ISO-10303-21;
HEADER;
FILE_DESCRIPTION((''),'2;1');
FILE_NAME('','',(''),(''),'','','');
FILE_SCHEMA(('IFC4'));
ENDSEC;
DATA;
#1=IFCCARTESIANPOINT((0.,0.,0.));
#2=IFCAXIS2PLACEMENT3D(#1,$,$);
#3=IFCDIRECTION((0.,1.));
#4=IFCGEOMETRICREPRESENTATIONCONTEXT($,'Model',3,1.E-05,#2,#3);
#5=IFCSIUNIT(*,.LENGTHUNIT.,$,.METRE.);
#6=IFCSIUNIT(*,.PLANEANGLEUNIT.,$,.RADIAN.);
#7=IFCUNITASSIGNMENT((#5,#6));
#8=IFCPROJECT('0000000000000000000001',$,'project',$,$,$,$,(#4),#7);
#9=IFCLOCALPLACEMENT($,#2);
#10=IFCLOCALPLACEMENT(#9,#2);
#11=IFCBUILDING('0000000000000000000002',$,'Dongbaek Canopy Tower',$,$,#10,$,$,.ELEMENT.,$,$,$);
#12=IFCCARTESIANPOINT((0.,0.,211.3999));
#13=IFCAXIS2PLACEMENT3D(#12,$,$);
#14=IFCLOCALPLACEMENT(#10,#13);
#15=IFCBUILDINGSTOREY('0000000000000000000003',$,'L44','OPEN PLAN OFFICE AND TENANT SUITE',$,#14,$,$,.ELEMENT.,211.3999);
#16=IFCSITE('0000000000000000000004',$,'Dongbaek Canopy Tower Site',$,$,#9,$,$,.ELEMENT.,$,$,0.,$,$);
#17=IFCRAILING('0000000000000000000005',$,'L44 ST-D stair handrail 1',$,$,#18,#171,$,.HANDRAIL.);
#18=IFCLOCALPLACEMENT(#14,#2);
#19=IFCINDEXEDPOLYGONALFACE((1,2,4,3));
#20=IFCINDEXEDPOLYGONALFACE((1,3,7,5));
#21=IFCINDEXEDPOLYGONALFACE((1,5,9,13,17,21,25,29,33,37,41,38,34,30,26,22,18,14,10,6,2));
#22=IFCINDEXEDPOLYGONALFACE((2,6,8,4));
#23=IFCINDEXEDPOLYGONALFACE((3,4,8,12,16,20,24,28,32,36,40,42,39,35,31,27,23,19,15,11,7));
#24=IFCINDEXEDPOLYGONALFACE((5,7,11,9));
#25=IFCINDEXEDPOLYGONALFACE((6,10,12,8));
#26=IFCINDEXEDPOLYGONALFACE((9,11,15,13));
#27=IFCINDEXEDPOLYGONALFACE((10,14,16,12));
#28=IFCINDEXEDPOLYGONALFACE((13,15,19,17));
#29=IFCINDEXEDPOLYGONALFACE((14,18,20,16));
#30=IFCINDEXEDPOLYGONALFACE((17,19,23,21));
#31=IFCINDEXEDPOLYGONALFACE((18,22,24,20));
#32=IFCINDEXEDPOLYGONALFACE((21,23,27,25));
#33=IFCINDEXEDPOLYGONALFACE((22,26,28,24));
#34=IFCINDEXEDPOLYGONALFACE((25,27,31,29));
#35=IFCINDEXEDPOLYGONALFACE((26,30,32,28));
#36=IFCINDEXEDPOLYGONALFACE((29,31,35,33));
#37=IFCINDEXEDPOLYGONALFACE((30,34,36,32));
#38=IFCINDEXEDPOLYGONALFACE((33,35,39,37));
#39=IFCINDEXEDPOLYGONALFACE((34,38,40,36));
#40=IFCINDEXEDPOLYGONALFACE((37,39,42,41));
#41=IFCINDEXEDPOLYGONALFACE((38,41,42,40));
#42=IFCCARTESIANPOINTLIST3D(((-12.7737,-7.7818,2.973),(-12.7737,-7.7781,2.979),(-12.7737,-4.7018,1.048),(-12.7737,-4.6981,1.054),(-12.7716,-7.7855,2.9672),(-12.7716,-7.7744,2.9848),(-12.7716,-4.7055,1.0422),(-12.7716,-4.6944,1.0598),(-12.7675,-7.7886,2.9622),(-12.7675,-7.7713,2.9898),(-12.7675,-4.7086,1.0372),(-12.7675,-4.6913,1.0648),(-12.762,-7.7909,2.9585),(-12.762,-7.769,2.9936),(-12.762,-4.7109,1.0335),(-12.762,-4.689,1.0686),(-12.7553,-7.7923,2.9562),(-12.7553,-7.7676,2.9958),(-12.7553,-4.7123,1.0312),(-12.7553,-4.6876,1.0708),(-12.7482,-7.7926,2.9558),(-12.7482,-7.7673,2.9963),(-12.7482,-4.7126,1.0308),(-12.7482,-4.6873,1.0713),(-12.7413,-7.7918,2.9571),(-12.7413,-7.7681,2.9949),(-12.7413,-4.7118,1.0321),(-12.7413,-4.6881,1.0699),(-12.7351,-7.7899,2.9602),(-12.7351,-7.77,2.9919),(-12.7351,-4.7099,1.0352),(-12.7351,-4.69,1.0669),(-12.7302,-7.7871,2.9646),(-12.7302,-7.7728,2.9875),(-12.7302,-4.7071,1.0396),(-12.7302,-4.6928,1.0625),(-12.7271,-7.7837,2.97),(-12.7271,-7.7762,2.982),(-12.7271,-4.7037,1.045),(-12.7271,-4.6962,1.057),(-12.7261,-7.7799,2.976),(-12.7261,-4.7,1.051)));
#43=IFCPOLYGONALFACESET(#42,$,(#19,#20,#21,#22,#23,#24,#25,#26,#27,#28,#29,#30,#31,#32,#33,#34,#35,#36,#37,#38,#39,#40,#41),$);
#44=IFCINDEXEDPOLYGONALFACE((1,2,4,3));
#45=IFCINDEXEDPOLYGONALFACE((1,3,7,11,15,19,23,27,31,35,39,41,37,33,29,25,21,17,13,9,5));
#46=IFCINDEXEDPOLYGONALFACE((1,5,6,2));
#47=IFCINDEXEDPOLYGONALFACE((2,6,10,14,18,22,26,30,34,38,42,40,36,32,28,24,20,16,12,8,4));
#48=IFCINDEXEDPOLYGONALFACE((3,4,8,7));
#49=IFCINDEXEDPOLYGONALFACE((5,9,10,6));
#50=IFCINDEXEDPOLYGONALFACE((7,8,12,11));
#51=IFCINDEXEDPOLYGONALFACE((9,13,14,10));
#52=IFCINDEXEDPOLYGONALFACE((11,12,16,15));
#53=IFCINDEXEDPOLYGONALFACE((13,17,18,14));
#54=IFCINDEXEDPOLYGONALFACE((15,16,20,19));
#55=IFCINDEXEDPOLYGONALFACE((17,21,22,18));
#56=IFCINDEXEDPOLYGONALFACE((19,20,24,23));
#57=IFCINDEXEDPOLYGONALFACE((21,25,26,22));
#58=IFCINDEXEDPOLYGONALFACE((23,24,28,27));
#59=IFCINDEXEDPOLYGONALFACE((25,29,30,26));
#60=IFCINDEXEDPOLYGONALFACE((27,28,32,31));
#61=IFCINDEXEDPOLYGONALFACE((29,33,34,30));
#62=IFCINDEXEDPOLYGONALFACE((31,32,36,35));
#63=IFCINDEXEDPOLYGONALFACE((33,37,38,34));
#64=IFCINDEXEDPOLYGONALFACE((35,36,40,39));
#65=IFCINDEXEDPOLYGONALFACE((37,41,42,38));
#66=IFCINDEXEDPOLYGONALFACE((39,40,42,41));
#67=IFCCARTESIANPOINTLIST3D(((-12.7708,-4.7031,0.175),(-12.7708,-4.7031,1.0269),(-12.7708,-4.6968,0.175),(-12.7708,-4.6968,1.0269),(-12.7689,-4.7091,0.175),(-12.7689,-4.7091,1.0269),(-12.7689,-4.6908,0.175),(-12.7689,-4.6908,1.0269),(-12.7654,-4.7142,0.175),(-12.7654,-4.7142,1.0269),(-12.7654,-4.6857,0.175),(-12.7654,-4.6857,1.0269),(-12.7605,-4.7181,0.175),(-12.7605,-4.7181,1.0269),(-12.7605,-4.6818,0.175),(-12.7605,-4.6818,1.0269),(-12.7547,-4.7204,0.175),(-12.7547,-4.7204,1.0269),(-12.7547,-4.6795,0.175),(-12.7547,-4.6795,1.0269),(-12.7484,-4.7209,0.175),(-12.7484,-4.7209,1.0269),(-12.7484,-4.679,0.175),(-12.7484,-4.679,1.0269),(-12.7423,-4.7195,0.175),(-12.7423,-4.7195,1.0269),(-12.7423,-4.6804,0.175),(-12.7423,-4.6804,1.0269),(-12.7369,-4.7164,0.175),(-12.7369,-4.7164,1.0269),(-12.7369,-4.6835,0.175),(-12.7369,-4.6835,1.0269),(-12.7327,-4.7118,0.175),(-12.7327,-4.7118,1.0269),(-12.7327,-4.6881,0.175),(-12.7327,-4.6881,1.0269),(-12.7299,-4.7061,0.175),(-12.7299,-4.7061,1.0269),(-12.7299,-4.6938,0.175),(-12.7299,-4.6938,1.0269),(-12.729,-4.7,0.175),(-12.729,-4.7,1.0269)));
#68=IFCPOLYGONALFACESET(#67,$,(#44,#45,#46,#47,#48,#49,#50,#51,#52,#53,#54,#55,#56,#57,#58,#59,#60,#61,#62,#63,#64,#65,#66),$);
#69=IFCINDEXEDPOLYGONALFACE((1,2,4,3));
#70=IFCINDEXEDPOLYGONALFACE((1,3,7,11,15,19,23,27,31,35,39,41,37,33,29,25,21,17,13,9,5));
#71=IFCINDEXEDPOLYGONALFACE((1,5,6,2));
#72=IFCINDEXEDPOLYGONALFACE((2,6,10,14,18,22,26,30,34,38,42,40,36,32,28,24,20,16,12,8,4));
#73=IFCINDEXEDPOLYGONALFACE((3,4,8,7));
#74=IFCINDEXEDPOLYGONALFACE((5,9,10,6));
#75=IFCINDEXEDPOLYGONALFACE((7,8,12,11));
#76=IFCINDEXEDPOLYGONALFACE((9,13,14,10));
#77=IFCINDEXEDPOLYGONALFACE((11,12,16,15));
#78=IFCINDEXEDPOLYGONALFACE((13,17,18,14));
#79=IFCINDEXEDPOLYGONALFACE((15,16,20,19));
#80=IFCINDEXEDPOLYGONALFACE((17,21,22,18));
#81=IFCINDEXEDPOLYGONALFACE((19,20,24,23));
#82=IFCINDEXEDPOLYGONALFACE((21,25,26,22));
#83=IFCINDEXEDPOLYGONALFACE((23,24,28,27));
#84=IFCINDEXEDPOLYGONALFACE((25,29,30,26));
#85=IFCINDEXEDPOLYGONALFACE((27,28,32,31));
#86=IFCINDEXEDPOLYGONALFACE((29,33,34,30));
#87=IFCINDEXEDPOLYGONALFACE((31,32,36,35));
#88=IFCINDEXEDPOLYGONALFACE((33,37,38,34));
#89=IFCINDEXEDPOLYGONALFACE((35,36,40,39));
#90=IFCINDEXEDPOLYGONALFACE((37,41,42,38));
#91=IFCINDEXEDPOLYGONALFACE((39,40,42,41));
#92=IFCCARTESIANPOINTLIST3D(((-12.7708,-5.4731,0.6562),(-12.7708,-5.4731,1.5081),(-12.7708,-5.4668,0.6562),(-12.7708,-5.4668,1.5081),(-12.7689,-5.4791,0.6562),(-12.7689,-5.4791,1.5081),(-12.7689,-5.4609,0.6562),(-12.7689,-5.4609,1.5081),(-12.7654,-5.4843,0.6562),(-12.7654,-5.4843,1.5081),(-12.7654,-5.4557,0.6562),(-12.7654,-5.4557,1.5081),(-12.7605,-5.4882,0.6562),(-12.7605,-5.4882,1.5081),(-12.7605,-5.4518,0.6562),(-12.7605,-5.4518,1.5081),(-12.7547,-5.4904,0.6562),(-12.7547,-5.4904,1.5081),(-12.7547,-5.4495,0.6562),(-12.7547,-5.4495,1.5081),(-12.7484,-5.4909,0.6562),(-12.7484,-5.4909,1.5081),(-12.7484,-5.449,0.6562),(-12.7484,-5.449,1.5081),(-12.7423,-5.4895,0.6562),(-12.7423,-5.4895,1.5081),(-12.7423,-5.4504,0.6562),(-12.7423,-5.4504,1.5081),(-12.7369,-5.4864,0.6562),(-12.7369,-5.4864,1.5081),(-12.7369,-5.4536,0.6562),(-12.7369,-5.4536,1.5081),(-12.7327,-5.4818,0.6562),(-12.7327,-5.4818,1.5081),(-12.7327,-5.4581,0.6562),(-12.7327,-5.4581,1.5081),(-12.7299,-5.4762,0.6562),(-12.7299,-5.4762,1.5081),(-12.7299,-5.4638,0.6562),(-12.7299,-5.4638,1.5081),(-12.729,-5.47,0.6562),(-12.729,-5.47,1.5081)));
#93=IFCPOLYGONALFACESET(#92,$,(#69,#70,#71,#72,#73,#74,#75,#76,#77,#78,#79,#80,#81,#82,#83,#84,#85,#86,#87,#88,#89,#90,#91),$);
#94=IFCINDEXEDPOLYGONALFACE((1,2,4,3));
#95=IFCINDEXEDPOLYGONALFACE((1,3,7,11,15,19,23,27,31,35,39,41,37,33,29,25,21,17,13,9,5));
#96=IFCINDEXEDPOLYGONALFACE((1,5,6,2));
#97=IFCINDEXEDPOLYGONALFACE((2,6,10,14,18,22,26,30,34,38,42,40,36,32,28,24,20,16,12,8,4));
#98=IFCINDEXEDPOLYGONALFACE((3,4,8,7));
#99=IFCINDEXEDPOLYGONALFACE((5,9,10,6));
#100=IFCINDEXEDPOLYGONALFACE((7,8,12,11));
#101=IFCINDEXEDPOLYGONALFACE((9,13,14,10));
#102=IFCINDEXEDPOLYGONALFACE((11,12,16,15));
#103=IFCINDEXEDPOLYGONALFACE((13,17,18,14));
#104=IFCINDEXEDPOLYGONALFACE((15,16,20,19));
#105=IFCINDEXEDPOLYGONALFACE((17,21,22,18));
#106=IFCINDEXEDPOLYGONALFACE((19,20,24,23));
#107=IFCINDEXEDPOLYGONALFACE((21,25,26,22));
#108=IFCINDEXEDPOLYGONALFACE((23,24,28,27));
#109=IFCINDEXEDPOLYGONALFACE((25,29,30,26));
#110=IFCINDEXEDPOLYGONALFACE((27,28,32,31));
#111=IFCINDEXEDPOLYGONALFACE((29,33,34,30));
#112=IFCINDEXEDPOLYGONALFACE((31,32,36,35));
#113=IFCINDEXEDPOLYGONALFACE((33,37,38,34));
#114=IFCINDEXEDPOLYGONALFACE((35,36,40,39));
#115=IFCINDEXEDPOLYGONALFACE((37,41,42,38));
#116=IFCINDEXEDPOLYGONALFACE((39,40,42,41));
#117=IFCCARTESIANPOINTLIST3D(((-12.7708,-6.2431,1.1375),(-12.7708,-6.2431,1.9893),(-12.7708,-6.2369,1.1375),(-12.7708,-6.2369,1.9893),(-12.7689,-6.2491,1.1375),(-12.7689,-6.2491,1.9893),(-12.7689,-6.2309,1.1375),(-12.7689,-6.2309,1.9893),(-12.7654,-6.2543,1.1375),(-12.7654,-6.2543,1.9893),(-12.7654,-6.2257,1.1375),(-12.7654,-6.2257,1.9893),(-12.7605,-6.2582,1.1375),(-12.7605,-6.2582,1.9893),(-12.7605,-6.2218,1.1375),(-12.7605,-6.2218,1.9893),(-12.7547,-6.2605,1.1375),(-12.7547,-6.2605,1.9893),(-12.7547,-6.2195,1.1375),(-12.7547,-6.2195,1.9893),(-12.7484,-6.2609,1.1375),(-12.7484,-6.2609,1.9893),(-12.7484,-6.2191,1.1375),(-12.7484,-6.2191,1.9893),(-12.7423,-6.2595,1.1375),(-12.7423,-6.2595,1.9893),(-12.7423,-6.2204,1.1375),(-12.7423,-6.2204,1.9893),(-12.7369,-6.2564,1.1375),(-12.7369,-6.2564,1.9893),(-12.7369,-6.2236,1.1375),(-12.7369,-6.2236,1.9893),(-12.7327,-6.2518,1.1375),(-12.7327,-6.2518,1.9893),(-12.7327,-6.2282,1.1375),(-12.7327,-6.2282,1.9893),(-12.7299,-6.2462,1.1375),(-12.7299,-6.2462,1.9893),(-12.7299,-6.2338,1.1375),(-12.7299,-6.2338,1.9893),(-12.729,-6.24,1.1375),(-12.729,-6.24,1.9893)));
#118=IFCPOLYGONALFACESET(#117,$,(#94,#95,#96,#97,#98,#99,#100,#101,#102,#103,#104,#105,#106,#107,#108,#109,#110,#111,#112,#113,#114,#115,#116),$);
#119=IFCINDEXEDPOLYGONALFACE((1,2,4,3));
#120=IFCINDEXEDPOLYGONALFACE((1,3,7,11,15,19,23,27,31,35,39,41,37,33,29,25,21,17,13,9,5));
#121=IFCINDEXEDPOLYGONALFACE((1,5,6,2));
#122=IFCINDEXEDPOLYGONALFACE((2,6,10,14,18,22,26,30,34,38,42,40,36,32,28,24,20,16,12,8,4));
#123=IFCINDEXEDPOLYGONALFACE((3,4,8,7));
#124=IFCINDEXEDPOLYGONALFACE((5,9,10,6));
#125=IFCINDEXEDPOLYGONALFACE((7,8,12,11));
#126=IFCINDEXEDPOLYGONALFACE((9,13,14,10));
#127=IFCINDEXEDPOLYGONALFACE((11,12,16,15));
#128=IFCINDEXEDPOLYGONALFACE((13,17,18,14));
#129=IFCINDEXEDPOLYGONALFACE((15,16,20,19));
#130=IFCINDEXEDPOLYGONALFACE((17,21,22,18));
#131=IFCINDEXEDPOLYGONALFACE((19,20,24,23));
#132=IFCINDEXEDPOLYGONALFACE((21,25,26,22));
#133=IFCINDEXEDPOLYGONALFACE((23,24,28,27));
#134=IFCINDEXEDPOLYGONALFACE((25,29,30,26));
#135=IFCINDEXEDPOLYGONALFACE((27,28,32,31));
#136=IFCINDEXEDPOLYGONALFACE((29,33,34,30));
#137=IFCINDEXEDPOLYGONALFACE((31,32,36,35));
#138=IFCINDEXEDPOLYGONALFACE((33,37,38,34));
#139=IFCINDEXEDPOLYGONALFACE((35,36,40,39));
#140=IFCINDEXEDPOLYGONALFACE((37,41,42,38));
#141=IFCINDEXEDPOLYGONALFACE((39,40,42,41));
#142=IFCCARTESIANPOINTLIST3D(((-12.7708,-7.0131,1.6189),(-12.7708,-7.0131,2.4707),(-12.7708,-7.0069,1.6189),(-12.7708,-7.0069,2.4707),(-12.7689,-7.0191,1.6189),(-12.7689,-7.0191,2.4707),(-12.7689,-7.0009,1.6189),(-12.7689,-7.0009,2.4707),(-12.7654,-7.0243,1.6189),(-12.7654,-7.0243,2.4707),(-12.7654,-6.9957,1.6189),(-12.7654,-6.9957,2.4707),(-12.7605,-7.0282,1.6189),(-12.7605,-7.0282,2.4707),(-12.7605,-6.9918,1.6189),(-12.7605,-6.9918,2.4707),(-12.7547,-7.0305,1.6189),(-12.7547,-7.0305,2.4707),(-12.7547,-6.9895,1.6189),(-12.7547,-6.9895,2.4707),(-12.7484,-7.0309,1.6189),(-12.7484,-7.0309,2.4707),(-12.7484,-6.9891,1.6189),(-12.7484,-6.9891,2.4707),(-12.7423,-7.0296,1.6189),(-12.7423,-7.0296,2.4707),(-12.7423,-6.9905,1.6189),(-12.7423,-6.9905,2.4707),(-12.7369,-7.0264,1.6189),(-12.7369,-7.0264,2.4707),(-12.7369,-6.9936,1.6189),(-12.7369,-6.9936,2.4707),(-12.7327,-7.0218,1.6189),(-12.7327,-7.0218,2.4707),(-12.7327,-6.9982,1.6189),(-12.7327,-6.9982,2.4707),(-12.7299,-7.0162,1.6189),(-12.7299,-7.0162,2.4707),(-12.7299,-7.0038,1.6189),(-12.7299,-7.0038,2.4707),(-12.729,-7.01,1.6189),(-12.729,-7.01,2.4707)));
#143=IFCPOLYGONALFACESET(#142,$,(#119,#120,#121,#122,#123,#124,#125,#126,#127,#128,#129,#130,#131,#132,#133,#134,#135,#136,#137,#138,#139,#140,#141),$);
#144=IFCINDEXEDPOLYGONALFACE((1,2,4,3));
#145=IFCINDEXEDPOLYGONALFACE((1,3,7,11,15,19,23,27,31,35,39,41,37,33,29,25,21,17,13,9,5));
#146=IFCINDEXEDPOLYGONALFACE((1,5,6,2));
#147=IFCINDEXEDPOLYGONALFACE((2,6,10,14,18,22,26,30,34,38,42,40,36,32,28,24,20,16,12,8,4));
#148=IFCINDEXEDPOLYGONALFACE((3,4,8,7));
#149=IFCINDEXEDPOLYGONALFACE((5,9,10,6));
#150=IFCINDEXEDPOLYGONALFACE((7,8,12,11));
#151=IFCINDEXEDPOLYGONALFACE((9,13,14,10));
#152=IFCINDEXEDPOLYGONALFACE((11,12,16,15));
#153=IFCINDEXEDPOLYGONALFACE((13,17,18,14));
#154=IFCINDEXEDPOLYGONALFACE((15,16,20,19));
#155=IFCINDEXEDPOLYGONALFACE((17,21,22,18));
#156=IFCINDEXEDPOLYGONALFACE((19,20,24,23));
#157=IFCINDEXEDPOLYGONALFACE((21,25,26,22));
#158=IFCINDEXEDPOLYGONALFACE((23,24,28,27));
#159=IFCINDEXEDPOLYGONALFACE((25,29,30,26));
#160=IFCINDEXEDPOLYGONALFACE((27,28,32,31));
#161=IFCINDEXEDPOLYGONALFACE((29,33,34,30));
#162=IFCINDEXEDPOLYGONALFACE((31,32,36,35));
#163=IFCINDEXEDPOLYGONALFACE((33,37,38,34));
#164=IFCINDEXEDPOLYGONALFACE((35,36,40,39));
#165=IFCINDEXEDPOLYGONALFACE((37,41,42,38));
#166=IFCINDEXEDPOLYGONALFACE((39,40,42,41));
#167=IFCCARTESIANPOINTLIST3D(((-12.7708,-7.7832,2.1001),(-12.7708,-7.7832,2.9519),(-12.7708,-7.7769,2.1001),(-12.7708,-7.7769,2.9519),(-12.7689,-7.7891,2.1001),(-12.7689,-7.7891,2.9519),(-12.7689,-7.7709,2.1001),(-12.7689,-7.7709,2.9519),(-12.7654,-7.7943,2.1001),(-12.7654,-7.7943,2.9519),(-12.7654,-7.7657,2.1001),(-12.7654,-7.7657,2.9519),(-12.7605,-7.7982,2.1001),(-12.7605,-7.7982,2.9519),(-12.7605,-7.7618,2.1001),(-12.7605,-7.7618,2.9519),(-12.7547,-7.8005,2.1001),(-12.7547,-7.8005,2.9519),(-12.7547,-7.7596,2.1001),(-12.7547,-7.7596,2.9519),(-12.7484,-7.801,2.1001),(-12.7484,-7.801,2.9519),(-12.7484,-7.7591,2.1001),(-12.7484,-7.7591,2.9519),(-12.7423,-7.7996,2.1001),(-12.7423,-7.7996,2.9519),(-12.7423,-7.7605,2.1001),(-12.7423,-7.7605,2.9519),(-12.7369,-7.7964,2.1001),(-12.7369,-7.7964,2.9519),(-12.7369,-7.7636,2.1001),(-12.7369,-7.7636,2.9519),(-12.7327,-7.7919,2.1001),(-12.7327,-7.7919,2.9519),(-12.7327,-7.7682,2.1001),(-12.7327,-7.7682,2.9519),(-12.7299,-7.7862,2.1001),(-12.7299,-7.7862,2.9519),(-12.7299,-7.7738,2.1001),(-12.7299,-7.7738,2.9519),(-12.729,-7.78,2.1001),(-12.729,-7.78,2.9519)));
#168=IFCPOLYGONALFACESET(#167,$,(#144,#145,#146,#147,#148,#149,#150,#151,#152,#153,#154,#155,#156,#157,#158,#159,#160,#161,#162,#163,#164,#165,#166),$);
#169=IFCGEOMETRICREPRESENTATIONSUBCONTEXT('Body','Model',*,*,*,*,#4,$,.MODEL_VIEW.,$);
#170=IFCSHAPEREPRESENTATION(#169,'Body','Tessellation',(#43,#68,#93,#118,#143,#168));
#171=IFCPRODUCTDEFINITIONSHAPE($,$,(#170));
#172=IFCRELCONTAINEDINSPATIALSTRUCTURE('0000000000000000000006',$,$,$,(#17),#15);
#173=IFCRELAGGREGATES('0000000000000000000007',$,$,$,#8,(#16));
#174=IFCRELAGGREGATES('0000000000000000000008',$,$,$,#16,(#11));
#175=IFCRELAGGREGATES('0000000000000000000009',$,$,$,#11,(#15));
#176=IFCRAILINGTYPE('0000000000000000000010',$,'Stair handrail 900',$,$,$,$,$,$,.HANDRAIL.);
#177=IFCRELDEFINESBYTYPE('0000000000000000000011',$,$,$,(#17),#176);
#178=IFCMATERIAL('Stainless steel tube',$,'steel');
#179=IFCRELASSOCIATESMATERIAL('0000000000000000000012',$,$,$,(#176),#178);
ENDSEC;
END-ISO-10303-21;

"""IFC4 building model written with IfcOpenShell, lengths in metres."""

from ifc_helpers import new_model, si_unit, direction, frame, origin, origin_2d, place, context, subcontext, project, spatial, circle, extrude, material, type_object, element, save


model = new_model("IFC4")

# Units and contexts
model_context = context("Model", 3, precision=1e-05, world=origin(), true_north=direction((0.0, 1.0)))
body_context = subcontext(model_context, "Body", "Model", "MODEL_VIEW")
ifc_project = project(units=[si_unit("LENGTHUNIT", "METRE"), si_unit("PLANEANGLEUNIT", "RADIAN")], contexts=[model_context])

# Site, building, storey
site_placement = place(None, origin())
site = spatial("IfcSite", under=ifc_project, at=site_placement, Name="Dongbaek Canopy Tower Site", CompositionType="ELEMENT", RefElevation=0.0)
building_placement = place(site_placement, origin())
building = spatial("IfcBuilding", under=site, at=building_placement, Name="Dongbaek Canopy Tower", CompositionType="ELEMENT")
storey_placement = place(building_placement, frame((0.0, 0.0, 211.3999)))
storey = spatial("IfcBuildingStorey", under=building, at=storey_placement, Name="L44", Description="OPEN PLAN OFFICE AND TENANT SUITE", CompositionType="ELEMENT", Elevation=211.3999)

# Railing
ifc_material_1 = material(Name="Stainless steel tube", Category="steel")
railing_type_1 = type_object("IfcRailingType", Name="Stair handrail 900", PredefinedType="HANDRAIL", material=ifc_material_1)
railing_1_placement = place(storey_placement, frame((-12.75, -4.7, 0.175)))
element("IfcRailing", 1, at=railing_1_placement, inside=storey, type_object=railing_type_1, Name="L44 ST-D stair handrail 1", PredefinedType="HANDRAIL", context=body_context, shape_type="SweptSolid", body=[
    extrude(circle(Radius=0.0239, at=origin_2d()), frame((0.0, 0.0, 0.876), z_axis=(0.0, -0.847998, 0.529999), x_axis=(1.0, 0.0, 0.0)), (0.0, 0.0, 1.0), 3.6321),
    extrude(circle(Radius=0.021, at=origin_2d()), origin(), (0.0, 0.0, 1.0), 0.8518),
    extrude(circle(Radius=0.021, at=origin_2d()), frame((0.0, -0.77, 0.4812)), (0.0, 0.0, 1.0), 0.8518),
    extrude(circle(Radius=0.021, at=origin_2d()), frame((0.0, -1.54, 0.9624)), (0.0, 0.0, 1.0), 0.8518),
    extrude(circle(Radius=0.021, at=origin_2d()), frame((0.0, -2.3101, 1.4438)), (0.0, 0.0, 1.0), 0.8518),
    extrude(circle(Radius=0.021, at=origin_2d()), frame((0.0, -3.0801, 1.925)), (0.0, 0.0, 1.0), 0.8518),
])

save(model, "model.ifc")
